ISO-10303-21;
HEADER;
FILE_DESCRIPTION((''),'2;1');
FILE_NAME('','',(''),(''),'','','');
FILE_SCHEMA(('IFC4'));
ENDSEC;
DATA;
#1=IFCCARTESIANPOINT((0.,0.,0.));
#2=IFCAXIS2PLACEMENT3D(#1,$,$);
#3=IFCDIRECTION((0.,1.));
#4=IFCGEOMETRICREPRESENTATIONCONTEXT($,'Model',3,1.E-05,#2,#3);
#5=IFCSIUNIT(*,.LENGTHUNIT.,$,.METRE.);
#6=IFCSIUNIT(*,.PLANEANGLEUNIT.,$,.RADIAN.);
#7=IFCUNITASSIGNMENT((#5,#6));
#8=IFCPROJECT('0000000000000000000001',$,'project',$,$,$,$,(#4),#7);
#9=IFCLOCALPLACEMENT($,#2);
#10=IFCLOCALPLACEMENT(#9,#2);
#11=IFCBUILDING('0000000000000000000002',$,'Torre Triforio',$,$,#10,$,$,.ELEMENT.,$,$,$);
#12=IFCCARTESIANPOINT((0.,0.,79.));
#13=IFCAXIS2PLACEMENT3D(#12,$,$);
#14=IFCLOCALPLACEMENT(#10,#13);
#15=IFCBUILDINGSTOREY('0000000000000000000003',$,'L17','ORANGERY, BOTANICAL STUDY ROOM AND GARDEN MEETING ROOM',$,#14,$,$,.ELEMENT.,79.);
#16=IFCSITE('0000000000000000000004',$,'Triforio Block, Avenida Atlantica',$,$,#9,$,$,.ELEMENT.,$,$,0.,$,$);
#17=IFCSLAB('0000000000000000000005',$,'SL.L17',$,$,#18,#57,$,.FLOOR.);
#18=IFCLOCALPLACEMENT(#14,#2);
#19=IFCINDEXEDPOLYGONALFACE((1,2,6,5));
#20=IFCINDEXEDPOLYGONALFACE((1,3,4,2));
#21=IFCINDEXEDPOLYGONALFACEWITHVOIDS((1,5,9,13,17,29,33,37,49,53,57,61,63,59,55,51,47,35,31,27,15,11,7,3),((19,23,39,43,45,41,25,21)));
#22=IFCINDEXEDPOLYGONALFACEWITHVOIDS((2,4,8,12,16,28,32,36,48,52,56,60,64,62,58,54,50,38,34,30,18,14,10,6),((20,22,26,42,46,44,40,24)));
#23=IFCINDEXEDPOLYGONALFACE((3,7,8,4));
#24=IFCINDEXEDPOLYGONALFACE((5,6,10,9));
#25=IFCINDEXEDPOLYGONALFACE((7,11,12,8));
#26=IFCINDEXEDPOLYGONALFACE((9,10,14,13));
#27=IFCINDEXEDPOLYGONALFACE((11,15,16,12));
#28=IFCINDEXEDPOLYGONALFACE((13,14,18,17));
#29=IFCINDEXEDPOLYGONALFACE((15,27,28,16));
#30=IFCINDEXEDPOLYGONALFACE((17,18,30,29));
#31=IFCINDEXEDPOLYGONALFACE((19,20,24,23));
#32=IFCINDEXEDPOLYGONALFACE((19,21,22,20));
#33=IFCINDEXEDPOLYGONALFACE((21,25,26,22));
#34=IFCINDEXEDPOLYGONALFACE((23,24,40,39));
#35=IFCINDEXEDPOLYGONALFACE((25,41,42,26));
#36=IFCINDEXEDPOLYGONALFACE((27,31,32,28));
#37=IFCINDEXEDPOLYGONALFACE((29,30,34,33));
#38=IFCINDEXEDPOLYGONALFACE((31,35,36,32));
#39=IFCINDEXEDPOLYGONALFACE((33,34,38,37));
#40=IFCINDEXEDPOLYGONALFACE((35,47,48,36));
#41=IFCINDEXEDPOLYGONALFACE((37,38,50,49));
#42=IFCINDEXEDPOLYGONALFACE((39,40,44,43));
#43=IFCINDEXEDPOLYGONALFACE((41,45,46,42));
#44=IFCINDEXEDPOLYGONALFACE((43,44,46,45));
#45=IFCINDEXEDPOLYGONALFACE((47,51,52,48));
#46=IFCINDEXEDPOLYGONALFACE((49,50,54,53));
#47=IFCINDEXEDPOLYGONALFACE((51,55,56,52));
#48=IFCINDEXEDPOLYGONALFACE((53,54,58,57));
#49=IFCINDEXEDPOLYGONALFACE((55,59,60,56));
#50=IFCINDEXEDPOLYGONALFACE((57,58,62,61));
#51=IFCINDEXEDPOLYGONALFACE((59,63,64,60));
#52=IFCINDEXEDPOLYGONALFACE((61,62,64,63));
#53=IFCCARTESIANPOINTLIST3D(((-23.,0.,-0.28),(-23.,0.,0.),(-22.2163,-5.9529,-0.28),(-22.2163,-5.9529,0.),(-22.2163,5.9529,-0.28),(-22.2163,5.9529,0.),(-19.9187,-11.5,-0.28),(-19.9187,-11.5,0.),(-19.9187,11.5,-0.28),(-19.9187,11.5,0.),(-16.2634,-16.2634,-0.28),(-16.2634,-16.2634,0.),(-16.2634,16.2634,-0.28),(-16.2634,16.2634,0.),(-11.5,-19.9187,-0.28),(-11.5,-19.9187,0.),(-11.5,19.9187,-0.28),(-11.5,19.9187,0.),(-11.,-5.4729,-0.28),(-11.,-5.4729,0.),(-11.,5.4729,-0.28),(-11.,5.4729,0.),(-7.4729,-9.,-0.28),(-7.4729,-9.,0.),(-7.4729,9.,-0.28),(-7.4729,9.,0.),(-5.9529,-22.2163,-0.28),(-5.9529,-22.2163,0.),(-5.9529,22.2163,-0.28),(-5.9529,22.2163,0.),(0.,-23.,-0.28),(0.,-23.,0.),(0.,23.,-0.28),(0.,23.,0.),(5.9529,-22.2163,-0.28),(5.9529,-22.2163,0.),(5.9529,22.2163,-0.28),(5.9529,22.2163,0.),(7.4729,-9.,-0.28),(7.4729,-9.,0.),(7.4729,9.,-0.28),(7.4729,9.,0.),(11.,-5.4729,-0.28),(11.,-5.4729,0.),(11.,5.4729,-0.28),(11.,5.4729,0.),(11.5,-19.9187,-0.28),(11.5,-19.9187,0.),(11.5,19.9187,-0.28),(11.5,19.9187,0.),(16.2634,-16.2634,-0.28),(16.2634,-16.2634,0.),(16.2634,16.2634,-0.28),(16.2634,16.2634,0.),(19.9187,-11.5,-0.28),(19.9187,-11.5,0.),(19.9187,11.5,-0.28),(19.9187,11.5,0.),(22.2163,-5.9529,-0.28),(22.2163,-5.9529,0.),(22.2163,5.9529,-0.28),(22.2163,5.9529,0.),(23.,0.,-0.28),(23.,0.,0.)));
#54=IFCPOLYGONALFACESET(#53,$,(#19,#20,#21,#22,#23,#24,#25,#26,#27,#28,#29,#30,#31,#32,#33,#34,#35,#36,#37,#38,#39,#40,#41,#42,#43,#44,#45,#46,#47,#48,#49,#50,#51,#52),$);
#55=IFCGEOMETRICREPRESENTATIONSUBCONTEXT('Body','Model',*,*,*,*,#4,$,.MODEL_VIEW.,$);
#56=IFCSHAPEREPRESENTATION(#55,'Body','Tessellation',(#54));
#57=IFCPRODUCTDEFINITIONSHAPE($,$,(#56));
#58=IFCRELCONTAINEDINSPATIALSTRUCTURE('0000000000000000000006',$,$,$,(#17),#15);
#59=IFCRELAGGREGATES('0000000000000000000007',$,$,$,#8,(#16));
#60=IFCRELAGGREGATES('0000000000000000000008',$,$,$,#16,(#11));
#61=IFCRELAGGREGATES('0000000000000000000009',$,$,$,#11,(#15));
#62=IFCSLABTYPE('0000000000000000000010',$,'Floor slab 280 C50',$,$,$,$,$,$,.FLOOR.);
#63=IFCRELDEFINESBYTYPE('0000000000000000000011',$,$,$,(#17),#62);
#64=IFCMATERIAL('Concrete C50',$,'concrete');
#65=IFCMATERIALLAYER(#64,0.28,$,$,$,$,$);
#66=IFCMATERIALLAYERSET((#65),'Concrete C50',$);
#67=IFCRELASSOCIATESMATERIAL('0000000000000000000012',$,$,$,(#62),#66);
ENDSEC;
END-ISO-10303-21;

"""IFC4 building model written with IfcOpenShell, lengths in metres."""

from ifc_helpers import new_model, si_unit, direction, frame, origin, place, context, subcontext, project, spatial, polyline, outline, extrude, material, layer, layer_set, type_object, element, save


model = new_model("IFC4")

# Units and contexts
model_context = context("Model", 3, precision=1e-05, world=origin(), true_north=direction((0.0, 1.0)))
body_context = subcontext(model_context, "Body", "Model", "MODEL_VIEW")
ifc_project = project(units=[si_unit("LENGTHUNIT", "METRE"), si_unit("PLANEANGLEUNIT", "RADIAN")], contexts=[model_context])

# Site, building, storey
site_placement = place(None, origin())
site = spatial("IfcSite", under=ifc_project, at=site_placement, Name="Triforio Block, Avenida Atlantica", CompositionType="ELEMENT", RefElevation=0.0)
building_placement = place(site_placement, origin())
building = spatial("IfcBuilding", under=site, at=building_placement, Name="Torre Triforio", CompositionType="ELEMENT")
storey_placement = place(building_placement, frame((0.0, 0.0, 79.0)))
storey = spatial("IfcBuildingStorey", under=building, at=storey_placement, Name="L17", Description="ORANGERY, BOTANICAL STUDY ROOM AND GARDEN MEETING ROOM", CompositionType="ELEMENT", Elevation=79.0)

# Slab
ifc_material_1 = material(Name="Concrete C50", Category="concrete")
ifc_layer_1 = layer(ifc_material_1, 0.28)
ifc_layer_set_1 = layer_set([ifc_layer_1], Name="Concrete C50")
slab_type_1 = type_object("IfcSlabType", Name="Floor slab 280 C50", PredefinedType="FLOOR", material=ifc_layer_set_1)
slab_1_placement = place(storey_placement, frame((0.0, 0.0, -0.28)))
element("IfcSlab", 1, at=slab_1_placement, inside=storey, type_object=slab_type_1, Name="SL.L17", PredefinedType="FLOOR", context=body_context, shape_type="SweptSolid", body=[
    extrude(outline(polyline([(19.9187, -11.5), (22.2163, -5.9529), (23.0, 0.0), (22.2163, 5.9529), (19.9187, 11.5), (16.2634, 16.2634), (11.5, 19.9187), (5.9529, 22.2163), (0.0, 23.0), (-5.9529, 22.2163), (-11.5, 19.9187), (-16.2634, 16.2634), (-19.9187, 11.5), (-22.2163, 5.9529), (-23.0, 0.0), (-22.2163, -5.9529), (-19.9187, -11.5), (-16.2634, -16.2634), (-11.5, -19.9187), (-5.9529, -22.2163), (0.0, -23.0), (5.9529, -22.2163), (11.5, -19.9187), (16.2634, -16.2634), (19.9187, -11.5)]), holes=[polyline([(11.0, 5.4729), (11.0, -5.4729), (7.4729, -9.0), (-7.4729, -9.0), (-11.0, -5.4729), (-11.0, 5.4729), (-7.4729, 9.0), (7.4729, 9.0), (11.0, 5.4729)])]), origin(), (0.0, 0.0, 1.0), 0.28),
])

save(model, "model.ifc")
